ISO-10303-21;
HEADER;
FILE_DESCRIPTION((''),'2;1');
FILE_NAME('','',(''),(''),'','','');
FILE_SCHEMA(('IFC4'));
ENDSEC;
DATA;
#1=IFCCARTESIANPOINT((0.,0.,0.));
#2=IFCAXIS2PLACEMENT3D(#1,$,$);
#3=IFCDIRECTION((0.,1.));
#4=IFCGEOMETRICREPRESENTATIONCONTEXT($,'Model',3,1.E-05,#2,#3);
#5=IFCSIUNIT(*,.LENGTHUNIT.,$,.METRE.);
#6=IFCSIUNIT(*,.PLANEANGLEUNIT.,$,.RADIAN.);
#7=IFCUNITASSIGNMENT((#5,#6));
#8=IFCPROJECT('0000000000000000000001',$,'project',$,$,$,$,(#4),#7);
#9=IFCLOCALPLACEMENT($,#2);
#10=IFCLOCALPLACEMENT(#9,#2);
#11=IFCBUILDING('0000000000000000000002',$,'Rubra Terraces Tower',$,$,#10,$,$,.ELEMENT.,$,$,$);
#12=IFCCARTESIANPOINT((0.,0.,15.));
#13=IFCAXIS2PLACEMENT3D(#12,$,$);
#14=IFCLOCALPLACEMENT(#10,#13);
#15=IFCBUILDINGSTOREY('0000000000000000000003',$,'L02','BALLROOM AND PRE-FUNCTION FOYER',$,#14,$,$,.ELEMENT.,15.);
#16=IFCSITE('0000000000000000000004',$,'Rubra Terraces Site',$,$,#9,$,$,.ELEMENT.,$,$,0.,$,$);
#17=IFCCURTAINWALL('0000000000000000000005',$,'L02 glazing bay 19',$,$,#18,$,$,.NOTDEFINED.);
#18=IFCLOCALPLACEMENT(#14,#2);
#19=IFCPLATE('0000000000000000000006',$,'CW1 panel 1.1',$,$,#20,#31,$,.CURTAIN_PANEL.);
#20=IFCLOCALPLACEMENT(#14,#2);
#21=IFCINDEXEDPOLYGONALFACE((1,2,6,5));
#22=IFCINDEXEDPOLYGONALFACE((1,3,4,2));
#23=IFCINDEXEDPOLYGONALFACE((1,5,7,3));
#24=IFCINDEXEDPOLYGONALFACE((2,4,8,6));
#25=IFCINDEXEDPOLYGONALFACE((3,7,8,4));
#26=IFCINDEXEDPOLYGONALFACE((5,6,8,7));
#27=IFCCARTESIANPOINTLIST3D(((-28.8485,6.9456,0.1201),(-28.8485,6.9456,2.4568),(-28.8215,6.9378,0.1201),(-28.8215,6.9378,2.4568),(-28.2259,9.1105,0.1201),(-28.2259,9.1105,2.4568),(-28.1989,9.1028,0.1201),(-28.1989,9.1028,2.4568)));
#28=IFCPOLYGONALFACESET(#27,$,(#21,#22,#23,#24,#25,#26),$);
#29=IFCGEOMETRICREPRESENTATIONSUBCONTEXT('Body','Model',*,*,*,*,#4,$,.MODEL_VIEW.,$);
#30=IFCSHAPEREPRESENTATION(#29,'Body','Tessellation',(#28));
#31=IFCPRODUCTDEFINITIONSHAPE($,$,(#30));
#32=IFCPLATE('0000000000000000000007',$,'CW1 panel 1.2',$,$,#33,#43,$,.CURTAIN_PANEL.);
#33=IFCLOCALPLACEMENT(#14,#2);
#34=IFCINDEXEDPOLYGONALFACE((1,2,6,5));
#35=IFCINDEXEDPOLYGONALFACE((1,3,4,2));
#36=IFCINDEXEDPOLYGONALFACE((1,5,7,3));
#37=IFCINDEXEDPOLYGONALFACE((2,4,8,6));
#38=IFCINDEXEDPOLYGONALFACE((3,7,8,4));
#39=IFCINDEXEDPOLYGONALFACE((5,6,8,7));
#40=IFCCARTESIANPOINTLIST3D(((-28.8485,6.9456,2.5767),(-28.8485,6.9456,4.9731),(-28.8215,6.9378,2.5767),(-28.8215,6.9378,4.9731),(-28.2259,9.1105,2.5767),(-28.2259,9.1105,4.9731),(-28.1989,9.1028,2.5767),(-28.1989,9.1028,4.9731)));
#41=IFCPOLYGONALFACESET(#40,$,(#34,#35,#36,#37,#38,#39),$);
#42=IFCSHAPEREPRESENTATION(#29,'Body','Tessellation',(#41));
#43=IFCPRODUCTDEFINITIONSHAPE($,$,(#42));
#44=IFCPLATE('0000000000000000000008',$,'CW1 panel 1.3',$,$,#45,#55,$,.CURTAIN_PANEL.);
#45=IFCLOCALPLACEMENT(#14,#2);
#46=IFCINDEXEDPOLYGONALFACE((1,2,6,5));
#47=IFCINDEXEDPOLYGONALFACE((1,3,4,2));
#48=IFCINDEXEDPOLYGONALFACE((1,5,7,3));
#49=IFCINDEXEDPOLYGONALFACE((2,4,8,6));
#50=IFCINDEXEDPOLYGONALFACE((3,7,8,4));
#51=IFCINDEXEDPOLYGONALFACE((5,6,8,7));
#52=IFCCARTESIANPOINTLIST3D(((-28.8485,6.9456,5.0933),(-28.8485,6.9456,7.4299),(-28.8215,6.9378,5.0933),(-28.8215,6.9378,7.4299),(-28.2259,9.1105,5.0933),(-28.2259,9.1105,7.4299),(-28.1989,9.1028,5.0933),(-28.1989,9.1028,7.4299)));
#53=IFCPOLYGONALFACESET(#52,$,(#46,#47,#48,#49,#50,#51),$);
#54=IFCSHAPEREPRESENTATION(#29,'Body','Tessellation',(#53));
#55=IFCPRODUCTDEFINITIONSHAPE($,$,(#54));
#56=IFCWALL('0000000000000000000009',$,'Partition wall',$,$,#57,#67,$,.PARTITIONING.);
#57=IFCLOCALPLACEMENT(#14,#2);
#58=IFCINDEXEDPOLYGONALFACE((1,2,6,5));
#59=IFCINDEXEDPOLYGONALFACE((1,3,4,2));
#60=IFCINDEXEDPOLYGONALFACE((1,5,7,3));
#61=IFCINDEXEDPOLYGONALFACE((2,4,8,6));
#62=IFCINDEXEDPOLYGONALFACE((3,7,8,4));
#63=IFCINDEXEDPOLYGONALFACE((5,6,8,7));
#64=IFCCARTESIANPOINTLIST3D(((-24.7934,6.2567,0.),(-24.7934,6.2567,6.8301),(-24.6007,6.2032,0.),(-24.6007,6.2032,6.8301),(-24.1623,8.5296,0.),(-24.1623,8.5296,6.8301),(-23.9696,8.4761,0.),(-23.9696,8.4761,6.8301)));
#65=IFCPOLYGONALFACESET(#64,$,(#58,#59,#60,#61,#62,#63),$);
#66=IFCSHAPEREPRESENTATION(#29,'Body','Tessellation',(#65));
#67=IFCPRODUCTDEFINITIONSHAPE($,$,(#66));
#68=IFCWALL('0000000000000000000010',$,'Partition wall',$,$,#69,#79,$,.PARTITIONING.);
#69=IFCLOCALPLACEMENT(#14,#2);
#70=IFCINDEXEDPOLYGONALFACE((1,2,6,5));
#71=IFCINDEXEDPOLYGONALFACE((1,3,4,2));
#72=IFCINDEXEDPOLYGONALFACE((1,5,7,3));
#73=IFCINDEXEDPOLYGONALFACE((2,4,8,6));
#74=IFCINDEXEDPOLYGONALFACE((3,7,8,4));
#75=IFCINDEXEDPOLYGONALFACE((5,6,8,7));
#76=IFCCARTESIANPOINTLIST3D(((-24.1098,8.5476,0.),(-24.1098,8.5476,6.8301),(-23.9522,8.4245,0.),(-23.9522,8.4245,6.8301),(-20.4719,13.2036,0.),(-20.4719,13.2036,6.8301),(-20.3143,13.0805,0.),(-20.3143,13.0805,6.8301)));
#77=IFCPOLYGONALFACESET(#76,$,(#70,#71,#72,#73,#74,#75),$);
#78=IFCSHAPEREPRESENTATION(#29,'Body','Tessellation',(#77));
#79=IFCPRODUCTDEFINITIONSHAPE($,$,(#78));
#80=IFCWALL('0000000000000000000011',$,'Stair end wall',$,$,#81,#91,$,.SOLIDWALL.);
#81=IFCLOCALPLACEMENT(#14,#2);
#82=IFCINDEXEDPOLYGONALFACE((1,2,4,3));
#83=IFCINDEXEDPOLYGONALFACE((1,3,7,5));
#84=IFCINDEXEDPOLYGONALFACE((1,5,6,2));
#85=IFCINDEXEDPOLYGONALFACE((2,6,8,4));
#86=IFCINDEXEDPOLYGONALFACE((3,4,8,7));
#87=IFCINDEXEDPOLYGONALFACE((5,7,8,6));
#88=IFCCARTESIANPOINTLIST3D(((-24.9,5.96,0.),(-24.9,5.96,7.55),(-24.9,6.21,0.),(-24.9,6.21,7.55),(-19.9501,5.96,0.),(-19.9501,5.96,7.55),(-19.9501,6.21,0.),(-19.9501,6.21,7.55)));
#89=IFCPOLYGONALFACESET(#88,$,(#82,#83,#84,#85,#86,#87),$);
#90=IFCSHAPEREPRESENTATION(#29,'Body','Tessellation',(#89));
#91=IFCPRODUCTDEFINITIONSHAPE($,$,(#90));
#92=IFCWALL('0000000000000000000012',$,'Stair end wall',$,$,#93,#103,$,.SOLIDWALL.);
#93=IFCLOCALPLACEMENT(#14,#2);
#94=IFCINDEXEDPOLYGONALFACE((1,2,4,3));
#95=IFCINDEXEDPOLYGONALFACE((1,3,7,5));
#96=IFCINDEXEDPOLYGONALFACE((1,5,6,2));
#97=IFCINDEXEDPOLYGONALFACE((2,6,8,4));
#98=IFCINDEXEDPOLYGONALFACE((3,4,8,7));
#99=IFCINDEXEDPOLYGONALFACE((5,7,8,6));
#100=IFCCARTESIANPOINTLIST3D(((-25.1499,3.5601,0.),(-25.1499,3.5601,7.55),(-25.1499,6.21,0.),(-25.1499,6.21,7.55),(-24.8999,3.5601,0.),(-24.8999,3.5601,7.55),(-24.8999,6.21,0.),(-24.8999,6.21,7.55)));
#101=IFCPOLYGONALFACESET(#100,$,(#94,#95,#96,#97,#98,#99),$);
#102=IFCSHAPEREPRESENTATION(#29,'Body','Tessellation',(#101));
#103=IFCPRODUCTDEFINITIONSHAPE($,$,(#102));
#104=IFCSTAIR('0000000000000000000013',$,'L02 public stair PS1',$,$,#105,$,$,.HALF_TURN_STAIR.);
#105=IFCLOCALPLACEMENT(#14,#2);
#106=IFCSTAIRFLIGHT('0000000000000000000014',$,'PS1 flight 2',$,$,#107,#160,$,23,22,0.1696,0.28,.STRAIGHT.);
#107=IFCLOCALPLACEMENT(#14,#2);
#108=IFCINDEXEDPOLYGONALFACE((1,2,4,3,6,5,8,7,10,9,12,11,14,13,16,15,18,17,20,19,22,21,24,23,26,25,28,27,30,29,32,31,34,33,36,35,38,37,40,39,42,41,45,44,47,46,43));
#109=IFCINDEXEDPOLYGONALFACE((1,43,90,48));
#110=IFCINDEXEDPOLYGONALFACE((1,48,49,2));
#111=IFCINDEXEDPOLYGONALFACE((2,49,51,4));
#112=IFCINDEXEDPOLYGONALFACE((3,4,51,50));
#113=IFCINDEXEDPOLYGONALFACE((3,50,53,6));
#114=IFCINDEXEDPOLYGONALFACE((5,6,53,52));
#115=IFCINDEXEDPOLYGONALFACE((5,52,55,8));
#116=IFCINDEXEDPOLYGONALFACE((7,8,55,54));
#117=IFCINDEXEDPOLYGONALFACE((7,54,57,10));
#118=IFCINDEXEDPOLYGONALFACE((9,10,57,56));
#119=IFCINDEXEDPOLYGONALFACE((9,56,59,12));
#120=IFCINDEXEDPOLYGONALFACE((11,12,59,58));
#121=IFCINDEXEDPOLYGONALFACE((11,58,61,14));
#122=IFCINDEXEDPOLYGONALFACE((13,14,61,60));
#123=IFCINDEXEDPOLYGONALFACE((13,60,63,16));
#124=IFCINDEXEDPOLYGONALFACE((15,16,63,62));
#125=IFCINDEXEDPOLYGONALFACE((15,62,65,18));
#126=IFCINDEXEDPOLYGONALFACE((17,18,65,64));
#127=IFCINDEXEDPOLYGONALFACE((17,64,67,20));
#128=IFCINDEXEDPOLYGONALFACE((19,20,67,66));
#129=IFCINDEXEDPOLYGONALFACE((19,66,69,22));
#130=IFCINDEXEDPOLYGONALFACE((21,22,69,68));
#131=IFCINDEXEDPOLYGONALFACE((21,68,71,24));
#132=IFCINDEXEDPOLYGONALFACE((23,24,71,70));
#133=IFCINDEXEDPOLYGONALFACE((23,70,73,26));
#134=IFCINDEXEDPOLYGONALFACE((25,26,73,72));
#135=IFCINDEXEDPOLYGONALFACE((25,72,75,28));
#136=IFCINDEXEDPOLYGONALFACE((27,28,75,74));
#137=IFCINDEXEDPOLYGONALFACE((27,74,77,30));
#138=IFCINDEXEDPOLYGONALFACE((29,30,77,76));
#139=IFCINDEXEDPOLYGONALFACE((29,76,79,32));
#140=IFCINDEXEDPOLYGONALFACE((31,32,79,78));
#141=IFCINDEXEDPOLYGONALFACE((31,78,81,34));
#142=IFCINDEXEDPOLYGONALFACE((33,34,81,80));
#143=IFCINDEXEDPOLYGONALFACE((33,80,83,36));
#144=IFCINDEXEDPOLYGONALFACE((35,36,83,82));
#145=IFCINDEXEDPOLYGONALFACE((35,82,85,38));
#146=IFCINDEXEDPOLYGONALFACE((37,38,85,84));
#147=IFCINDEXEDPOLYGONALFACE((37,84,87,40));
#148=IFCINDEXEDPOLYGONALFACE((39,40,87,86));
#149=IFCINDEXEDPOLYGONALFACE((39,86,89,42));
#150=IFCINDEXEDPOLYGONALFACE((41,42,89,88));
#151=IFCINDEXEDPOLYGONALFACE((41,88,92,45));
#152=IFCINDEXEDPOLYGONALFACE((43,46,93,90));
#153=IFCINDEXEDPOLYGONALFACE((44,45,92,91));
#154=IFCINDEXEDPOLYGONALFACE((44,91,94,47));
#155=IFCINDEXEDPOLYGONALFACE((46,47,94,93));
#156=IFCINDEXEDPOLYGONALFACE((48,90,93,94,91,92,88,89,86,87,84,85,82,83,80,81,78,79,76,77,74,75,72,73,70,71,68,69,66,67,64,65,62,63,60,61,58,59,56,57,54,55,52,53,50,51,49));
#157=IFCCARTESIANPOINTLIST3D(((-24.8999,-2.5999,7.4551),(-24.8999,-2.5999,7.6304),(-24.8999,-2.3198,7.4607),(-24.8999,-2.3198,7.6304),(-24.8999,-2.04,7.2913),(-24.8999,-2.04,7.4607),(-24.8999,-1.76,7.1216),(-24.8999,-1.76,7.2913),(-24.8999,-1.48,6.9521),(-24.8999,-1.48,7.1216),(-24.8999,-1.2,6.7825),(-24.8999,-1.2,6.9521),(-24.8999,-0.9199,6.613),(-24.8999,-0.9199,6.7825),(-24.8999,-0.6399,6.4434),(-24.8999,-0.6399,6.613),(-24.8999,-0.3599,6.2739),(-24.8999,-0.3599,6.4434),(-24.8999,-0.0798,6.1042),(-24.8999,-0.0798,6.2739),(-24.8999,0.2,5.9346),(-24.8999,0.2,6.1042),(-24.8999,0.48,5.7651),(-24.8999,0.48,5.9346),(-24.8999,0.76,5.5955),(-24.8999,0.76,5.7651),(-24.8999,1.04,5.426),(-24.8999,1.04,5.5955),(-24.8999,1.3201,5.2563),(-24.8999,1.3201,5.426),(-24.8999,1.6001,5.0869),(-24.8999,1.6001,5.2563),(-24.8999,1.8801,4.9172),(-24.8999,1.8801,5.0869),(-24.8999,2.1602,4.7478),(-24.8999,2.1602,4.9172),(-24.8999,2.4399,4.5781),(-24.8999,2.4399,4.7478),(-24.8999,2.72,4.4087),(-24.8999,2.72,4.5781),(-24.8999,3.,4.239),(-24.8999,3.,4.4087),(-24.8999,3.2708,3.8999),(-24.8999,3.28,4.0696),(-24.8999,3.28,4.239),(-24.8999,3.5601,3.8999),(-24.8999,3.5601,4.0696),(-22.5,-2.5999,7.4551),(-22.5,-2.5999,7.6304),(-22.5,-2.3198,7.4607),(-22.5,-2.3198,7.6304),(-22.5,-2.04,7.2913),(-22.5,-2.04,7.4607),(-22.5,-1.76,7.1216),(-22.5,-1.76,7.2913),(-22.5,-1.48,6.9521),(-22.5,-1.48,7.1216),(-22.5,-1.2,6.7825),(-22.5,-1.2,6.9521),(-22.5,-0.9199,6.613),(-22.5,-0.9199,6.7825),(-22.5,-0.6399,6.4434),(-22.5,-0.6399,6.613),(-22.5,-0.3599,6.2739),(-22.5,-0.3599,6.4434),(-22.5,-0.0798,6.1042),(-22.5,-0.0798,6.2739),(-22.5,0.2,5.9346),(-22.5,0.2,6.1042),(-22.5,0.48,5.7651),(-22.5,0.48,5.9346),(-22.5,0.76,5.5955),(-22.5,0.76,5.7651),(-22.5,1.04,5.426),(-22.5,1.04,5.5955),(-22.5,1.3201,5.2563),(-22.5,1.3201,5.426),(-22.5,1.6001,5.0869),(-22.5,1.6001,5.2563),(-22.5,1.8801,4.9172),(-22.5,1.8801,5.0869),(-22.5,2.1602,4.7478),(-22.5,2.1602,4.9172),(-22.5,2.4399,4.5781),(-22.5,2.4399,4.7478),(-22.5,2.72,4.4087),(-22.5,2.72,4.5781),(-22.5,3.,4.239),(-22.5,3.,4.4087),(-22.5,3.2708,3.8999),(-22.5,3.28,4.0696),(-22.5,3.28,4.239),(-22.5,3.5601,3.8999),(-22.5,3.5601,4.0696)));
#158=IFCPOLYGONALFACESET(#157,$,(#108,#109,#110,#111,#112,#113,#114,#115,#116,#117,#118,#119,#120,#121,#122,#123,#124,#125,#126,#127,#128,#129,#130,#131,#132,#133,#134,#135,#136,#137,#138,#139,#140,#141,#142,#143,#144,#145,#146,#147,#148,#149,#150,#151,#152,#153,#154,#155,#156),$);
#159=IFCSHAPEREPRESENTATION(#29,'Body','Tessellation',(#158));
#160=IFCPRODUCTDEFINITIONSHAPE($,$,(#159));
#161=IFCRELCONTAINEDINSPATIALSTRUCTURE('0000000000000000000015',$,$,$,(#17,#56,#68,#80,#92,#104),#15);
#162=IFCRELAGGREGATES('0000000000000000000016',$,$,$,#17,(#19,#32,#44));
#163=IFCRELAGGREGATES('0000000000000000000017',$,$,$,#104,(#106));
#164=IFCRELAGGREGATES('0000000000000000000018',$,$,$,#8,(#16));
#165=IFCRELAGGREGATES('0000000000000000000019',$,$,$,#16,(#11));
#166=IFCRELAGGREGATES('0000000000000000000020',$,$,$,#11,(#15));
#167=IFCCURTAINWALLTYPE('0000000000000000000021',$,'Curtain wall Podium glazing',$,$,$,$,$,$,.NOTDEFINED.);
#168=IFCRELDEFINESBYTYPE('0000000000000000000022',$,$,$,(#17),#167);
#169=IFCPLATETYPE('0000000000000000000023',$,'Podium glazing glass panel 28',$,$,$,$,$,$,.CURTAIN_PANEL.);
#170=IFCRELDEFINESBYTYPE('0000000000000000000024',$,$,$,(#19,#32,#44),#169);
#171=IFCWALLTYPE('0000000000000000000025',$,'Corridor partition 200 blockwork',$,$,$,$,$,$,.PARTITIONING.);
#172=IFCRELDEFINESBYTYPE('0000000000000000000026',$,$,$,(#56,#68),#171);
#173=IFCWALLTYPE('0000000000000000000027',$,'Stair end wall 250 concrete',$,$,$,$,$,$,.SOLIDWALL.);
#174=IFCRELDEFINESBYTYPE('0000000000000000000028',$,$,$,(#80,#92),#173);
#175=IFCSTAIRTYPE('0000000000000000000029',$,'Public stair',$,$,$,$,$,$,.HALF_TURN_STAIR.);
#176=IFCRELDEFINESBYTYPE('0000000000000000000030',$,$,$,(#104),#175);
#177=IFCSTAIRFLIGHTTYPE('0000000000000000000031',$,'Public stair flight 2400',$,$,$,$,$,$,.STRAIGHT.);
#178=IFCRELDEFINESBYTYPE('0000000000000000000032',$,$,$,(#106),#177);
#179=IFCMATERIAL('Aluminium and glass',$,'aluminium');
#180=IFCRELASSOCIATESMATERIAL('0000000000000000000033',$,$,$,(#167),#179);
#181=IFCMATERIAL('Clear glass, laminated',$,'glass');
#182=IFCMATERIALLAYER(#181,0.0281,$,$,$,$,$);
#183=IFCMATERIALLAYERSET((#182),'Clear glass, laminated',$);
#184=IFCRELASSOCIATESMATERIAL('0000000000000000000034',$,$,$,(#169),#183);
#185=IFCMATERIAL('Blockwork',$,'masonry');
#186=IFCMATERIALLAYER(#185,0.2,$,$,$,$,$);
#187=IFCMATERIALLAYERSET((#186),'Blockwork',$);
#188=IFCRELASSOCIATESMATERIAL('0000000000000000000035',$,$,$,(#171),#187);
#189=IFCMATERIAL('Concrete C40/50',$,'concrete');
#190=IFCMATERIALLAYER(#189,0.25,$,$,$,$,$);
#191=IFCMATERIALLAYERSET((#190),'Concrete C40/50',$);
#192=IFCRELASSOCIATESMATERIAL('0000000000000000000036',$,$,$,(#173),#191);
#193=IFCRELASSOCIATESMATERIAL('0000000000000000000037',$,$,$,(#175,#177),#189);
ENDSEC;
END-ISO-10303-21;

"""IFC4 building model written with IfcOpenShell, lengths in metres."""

from ifc_helpers import new_model, si_unit, direction, frame, frame_2d, origin, origin_2d, place, context, subcontext, project, spatial, polyline, rectangle, outline, extrude, material, layer, layer_set, type_object, element, aggregate, save


model = new_model("IFC4")

# Units and contexts
model_context = context("Model", 3, precision=1e-05, world=origin(), true_north=direction((0.0, 1.0)))
body_context = subcontext(model_context, "Body", "Model", "MODEL_VIEW")
ifc_project = project(units=[si_unit("LENGTHUNIT", "METRE"), si_unit("PLANEANGLEUNIT", "RADIAN")], contexts=[model_context])

# Site, building, storey
site_placement = place(None, origin())
site = spatial("IfcSite", under=ifc_project, at=site_placement, Name="Rubra Terraces Site", CompositionType="ELEMENT", RefElevation=0.0)
building_placement = place(site_placement, origin())
building = spatial("IfcBuilding", under=site, at=building_placement, Name="Rubra Terraces Tower", CompositionType="ELEMENT")
storey_placement = place(building_placement, frame((0.0, 0.0, 15.0)))
storey = spatial("IfcBuildingStorey", under=building, at=storey_placement, Name="L02", Description="BALLROOM AND PRE-FUNCTION FOYER", CompositionType="ELEMENT", Elevation=15.0)

# Curtain wall
ifc_material_1 = material(Name="Aluminium and glass", Category="aluminium")
curtain_wall_type = type_object("IfcCurtainWallType", Name="Curtain wall Podium glazing", PredefinedType="NOTDEFINED", material=ifc_material_1)
curtain_wall_placement = place(storey_placement, origin())
curtain_wall = element("IfcCurtainWall", 1, at=curtain_wall_placement, inside=storey, type_object=curtain_wall_type, Name="L02 glazing bay 19", PredefinedType="NOTDEFINED")

# Plates
ifc_material_2 = material(Name="Clear glass, laminated", Category="glass")
ifc_layer_1 = layer(ifc_material_2, 0.0281)
ifc_layer_set_1 = layer_set([ifc_layer_1], Name="Clear glass, laminated")
plate_type = type_object("IfcPlateType", Name="Podium glazing glass panel 28", PredefinedType="CURTAIN_PANEL", material=ifc_layer_set_1)
plate_1_placement = place(storey_placement, frame((-28.5237, 8.0242, 0.1201), z_axis=(0.0, 0.0, 1.0), x_axis=(-0.276384, -0.961047, 0.0)))
plate_1 = element("IfcPlate", 2, at=plate_1_placement, type_object=plate_type, Name="CW1 panel 1.1", PredefinedType="CURTAIN_PANEL", context=body_context, shape_type="SweptSolid", body=[
    extrude(rectangle(XDim=2.2527, YDim=0.0281, at=origin_2d()), origin(), (0.0, 0.0, 1.0), 2.3367),
])
plate_2_placement = place(storey_placement, frame((-28.5237, 8.0242, 2.5767), z_axis=(0.0, 0.0, 1.0), x_axis=(-0.276384, -0.961047, 0.0)))
plate_2 = element("IfcPlate", 3, at=plate_2_placement, type_object=plate_type, Name="CW1 panel 1.2", PredefinedType="CURTAIN_PANEL", context=body_context, shape_type="SweptSolid", body=[
    extrude(rectangle(XDim=2.2527, YDim=0.0281, at=origin_2d()), origin(), (0.0, 0.0, 1.0), 2.3965),
])
plate_3_placement = place(storey_placement, frame((-28.5237, 8.0242, 5.0933), z_axis=(0.0, 0.0, 1.0), x_axis=(-0.276384, -0.961047, 0.0)))
plate_3 = element("IfcPlate", 4, at=plate_3_placement, type_object=plate_type, Name="CW1 panel 1.3", PredefinedType="CURTAIN_PANEL", context=body_context, shape_type="SweptSolid", body=[
    extrude(rectangle(XDim=2.2527, YDim=0.0281, at=origin_2d()), origin(), (0.0, 0.0, 1.0), 2.3367),
])
aggregate(curtain_wall, [plate_1, plate_2, plate_3])

# Walls
ifc_material_3 = material(Name="Blockwork", Category="masonry")
ifc_layer_2 = layer(ifc_material_3, 0.2)
ifc_layer_set_2 = layer_set([ifc_layer_2], Name="Blockwork")
wall_type_1 = type_object("IfcWallType", Name="Corridor partition 200 blockwork", PredefinedType="PARTITIONING", material=ifc_layer_set_2)
wall_1_placement = place(storey_placement, frame((-24.697, 6.23, 0.0), z_axis=(0.0, 0.0, 1.0), x_axis=(0.267537, 0.963548, 0.0)))
element("IfcWall", 5, at=wall_1_placement, inside=storey, type_object=wall_type_1, Name="Partition wall", PredefinedType="PARTITIONING", context=body_context, shape_type="SweptSolid", body=[
    extrude(rectangle(XDim=2.3589, YDim=0.2, at=frame_2d((1.1794, 0.0))), origin(), (0.0, 0.0, 1.0), 6.8301),
])
wall_2_placement = place(storey_placement, frame((-24.031, 8.4861, 0.0), z_axis=(0.0, 0.0, 1.0), x_axis=(0.61569, 0.787989, 0.0)))
element("IfcWall", 6, at=wall_2_placement, inside=storey, type_object=wall_type_1, Name="Partition wall", PredefinedType="PARTITIONING", context=body_context, shape_type="SweptSolid", body=[
    extrude(rectangle(XDim=5.9087, YDim=0.2, at=frame_2d((2.9543, 0.0))), origin(), (0.0, 0.0, 1.0), 6.8301),
])
ifc_material_4 = material(Name="Concrete C40/50", Category="concrete")
ifc_layer_3 = layer(ifc_material_4, 0.25)
ifc_layer_set_3 = layer_set([ifc_layer_3], Name="Concrete C40/50")
wall_type_2 = type_object("IfcWallType", Name="Stair end wall 250 concrete", PredefinedType="SOLIDWALL", material=ifc_layer_set_3)
wall_3_placement = place(storey_placement, frame((-19.95, 6.085, 0.0), z_axis=(0.0, 0.0, 1.0), x_axis=(-1.0, 0.0, 0.0)))
element("IfcWall", 7, at=wall_3_placement, inside=storey, type_object=wall_type_2, Name="Stair end wall", PredefinedType="SOLIDWALL", context=body_context, shape_type="SweptSolid", body=[
    extrude(rectangle(XDim=4.95, YDim=0.25, at=frame_2d((2.4751, 0.0))), origin(), (0.0, 0.0, 1.0), 7.55),
])
wall_4_placement = place(storey_placement, frame((-25.0249, 3.5601, 0.0), z_axis=(0.0, 0.0, 1.0), x_axis=(0.0, 1.0, 0.0)))
element("IfcWall", 8, at=wall_4_placement, inside=storey, type_object=wall_type_2, Name="Stair end wall", PredefinedType="SOLIDWALL", context=body_context, shape_type="SweptSolid", body=[
    extrude(rectangle(XDim=2.6499, YDim=0.25, at=frame_2d((1.325, 0.0))), origin(), (0.0, 0.0, 1.0), 7.55),
])

# Stair, stair flight
stair_type = type_object("IfcStairType", Name="Public stair", PredefinedType="HALF_TURN_STAIR", material=ifc_material_4)
stair_placement = place(storey_placement, origin())
stair = element("IfcStair", 9, at=stair_placement, inside=storey, type_object=stair_type, Name="L02 public stair PS1", PredefinedType="HALF_TURN_STAIR")
stair_flight_type = type_object("IfcStairFlightType", Name="Public stair flight 2400", PredefinedType="STRAIGHT", material=ifc_material_4)
stair_flight_placement = place(storey_placement, frame((-23.7, 3.5601, 3.8999), z_axis=(0.0, 0.0, 1.0), x_axis=(0.0, -1.0, 0.0)))
stair_flight = element("IfcStairFlight", 10, at=stair_flight_placement, type_object=stair_flight_type, Name="PS1 flight 2", NumberOfRisers=23, NumberOfTreads=22, PredefinedType="STRAIGHT", RiserHeight=0.1696, TreadLength=0.28, context=body_context, shape_type="SweptSolid", body=[
    extrude(outline(polyline([(0.0, 0.0), (0.0, 0.1697), (0.28, 0.1697), (0.28, 0.3391), (0.5601, 0.3391), (0.5601, 0.5088), (0.8401, 0.5088), (0.8401, 0.6782), (1.1201, 0.6782), (1.1201, 0.8479), (1.3999, 0.8479), (1.3999, 1.0173), (1.6799, 1.0173), (1.6799, 1.187), (1.96, 1.187), (1.96, 1.3564), (2.24, 1.3564), (2.24, 1.5261), (2.52, 1.5261), (2.52, 1.6956), (2.8, 1.6956), (2.8, 1.8652), (3.0801, 1.8652), (3.0801, 2.0347), (3.3601, 2.0347), (3.3601, 2.2043), (3.6399, 2.2043), (3.6399, 2.374), (3.9199, 2.374), (3.9199, 2.5435), (4.2, 2.5435), (4.2, 2.7131), (4.48, 2.7131), (4.48, 2.8826), (4.76, 2.8826), (4.76, 3.0522), (5.04, 3.0522), (5.04, 3.2217), (5.3201, 3.2217), (5.3201, 3.3914), (5.6001, 3.3914), (5.6001, 3.5608), (5.8799, 3.5608), (5.8799, 3.7305), (6.1599, 3.7305), (6.1599, 3.8999), (6.1599, 3.5552), (0.2893, 0.0), (0.0, 0.0)])), frame((0.0, 1.2, 0.0), z_axis=(0.0, -1.0, 0.0), x_axis=(1.0, 0.0, 0.0)), (0.0, 0.0, 1.0), 2.3999),
])
aggregate(stair, [stair_flight])

save(model, "model.ifc")
